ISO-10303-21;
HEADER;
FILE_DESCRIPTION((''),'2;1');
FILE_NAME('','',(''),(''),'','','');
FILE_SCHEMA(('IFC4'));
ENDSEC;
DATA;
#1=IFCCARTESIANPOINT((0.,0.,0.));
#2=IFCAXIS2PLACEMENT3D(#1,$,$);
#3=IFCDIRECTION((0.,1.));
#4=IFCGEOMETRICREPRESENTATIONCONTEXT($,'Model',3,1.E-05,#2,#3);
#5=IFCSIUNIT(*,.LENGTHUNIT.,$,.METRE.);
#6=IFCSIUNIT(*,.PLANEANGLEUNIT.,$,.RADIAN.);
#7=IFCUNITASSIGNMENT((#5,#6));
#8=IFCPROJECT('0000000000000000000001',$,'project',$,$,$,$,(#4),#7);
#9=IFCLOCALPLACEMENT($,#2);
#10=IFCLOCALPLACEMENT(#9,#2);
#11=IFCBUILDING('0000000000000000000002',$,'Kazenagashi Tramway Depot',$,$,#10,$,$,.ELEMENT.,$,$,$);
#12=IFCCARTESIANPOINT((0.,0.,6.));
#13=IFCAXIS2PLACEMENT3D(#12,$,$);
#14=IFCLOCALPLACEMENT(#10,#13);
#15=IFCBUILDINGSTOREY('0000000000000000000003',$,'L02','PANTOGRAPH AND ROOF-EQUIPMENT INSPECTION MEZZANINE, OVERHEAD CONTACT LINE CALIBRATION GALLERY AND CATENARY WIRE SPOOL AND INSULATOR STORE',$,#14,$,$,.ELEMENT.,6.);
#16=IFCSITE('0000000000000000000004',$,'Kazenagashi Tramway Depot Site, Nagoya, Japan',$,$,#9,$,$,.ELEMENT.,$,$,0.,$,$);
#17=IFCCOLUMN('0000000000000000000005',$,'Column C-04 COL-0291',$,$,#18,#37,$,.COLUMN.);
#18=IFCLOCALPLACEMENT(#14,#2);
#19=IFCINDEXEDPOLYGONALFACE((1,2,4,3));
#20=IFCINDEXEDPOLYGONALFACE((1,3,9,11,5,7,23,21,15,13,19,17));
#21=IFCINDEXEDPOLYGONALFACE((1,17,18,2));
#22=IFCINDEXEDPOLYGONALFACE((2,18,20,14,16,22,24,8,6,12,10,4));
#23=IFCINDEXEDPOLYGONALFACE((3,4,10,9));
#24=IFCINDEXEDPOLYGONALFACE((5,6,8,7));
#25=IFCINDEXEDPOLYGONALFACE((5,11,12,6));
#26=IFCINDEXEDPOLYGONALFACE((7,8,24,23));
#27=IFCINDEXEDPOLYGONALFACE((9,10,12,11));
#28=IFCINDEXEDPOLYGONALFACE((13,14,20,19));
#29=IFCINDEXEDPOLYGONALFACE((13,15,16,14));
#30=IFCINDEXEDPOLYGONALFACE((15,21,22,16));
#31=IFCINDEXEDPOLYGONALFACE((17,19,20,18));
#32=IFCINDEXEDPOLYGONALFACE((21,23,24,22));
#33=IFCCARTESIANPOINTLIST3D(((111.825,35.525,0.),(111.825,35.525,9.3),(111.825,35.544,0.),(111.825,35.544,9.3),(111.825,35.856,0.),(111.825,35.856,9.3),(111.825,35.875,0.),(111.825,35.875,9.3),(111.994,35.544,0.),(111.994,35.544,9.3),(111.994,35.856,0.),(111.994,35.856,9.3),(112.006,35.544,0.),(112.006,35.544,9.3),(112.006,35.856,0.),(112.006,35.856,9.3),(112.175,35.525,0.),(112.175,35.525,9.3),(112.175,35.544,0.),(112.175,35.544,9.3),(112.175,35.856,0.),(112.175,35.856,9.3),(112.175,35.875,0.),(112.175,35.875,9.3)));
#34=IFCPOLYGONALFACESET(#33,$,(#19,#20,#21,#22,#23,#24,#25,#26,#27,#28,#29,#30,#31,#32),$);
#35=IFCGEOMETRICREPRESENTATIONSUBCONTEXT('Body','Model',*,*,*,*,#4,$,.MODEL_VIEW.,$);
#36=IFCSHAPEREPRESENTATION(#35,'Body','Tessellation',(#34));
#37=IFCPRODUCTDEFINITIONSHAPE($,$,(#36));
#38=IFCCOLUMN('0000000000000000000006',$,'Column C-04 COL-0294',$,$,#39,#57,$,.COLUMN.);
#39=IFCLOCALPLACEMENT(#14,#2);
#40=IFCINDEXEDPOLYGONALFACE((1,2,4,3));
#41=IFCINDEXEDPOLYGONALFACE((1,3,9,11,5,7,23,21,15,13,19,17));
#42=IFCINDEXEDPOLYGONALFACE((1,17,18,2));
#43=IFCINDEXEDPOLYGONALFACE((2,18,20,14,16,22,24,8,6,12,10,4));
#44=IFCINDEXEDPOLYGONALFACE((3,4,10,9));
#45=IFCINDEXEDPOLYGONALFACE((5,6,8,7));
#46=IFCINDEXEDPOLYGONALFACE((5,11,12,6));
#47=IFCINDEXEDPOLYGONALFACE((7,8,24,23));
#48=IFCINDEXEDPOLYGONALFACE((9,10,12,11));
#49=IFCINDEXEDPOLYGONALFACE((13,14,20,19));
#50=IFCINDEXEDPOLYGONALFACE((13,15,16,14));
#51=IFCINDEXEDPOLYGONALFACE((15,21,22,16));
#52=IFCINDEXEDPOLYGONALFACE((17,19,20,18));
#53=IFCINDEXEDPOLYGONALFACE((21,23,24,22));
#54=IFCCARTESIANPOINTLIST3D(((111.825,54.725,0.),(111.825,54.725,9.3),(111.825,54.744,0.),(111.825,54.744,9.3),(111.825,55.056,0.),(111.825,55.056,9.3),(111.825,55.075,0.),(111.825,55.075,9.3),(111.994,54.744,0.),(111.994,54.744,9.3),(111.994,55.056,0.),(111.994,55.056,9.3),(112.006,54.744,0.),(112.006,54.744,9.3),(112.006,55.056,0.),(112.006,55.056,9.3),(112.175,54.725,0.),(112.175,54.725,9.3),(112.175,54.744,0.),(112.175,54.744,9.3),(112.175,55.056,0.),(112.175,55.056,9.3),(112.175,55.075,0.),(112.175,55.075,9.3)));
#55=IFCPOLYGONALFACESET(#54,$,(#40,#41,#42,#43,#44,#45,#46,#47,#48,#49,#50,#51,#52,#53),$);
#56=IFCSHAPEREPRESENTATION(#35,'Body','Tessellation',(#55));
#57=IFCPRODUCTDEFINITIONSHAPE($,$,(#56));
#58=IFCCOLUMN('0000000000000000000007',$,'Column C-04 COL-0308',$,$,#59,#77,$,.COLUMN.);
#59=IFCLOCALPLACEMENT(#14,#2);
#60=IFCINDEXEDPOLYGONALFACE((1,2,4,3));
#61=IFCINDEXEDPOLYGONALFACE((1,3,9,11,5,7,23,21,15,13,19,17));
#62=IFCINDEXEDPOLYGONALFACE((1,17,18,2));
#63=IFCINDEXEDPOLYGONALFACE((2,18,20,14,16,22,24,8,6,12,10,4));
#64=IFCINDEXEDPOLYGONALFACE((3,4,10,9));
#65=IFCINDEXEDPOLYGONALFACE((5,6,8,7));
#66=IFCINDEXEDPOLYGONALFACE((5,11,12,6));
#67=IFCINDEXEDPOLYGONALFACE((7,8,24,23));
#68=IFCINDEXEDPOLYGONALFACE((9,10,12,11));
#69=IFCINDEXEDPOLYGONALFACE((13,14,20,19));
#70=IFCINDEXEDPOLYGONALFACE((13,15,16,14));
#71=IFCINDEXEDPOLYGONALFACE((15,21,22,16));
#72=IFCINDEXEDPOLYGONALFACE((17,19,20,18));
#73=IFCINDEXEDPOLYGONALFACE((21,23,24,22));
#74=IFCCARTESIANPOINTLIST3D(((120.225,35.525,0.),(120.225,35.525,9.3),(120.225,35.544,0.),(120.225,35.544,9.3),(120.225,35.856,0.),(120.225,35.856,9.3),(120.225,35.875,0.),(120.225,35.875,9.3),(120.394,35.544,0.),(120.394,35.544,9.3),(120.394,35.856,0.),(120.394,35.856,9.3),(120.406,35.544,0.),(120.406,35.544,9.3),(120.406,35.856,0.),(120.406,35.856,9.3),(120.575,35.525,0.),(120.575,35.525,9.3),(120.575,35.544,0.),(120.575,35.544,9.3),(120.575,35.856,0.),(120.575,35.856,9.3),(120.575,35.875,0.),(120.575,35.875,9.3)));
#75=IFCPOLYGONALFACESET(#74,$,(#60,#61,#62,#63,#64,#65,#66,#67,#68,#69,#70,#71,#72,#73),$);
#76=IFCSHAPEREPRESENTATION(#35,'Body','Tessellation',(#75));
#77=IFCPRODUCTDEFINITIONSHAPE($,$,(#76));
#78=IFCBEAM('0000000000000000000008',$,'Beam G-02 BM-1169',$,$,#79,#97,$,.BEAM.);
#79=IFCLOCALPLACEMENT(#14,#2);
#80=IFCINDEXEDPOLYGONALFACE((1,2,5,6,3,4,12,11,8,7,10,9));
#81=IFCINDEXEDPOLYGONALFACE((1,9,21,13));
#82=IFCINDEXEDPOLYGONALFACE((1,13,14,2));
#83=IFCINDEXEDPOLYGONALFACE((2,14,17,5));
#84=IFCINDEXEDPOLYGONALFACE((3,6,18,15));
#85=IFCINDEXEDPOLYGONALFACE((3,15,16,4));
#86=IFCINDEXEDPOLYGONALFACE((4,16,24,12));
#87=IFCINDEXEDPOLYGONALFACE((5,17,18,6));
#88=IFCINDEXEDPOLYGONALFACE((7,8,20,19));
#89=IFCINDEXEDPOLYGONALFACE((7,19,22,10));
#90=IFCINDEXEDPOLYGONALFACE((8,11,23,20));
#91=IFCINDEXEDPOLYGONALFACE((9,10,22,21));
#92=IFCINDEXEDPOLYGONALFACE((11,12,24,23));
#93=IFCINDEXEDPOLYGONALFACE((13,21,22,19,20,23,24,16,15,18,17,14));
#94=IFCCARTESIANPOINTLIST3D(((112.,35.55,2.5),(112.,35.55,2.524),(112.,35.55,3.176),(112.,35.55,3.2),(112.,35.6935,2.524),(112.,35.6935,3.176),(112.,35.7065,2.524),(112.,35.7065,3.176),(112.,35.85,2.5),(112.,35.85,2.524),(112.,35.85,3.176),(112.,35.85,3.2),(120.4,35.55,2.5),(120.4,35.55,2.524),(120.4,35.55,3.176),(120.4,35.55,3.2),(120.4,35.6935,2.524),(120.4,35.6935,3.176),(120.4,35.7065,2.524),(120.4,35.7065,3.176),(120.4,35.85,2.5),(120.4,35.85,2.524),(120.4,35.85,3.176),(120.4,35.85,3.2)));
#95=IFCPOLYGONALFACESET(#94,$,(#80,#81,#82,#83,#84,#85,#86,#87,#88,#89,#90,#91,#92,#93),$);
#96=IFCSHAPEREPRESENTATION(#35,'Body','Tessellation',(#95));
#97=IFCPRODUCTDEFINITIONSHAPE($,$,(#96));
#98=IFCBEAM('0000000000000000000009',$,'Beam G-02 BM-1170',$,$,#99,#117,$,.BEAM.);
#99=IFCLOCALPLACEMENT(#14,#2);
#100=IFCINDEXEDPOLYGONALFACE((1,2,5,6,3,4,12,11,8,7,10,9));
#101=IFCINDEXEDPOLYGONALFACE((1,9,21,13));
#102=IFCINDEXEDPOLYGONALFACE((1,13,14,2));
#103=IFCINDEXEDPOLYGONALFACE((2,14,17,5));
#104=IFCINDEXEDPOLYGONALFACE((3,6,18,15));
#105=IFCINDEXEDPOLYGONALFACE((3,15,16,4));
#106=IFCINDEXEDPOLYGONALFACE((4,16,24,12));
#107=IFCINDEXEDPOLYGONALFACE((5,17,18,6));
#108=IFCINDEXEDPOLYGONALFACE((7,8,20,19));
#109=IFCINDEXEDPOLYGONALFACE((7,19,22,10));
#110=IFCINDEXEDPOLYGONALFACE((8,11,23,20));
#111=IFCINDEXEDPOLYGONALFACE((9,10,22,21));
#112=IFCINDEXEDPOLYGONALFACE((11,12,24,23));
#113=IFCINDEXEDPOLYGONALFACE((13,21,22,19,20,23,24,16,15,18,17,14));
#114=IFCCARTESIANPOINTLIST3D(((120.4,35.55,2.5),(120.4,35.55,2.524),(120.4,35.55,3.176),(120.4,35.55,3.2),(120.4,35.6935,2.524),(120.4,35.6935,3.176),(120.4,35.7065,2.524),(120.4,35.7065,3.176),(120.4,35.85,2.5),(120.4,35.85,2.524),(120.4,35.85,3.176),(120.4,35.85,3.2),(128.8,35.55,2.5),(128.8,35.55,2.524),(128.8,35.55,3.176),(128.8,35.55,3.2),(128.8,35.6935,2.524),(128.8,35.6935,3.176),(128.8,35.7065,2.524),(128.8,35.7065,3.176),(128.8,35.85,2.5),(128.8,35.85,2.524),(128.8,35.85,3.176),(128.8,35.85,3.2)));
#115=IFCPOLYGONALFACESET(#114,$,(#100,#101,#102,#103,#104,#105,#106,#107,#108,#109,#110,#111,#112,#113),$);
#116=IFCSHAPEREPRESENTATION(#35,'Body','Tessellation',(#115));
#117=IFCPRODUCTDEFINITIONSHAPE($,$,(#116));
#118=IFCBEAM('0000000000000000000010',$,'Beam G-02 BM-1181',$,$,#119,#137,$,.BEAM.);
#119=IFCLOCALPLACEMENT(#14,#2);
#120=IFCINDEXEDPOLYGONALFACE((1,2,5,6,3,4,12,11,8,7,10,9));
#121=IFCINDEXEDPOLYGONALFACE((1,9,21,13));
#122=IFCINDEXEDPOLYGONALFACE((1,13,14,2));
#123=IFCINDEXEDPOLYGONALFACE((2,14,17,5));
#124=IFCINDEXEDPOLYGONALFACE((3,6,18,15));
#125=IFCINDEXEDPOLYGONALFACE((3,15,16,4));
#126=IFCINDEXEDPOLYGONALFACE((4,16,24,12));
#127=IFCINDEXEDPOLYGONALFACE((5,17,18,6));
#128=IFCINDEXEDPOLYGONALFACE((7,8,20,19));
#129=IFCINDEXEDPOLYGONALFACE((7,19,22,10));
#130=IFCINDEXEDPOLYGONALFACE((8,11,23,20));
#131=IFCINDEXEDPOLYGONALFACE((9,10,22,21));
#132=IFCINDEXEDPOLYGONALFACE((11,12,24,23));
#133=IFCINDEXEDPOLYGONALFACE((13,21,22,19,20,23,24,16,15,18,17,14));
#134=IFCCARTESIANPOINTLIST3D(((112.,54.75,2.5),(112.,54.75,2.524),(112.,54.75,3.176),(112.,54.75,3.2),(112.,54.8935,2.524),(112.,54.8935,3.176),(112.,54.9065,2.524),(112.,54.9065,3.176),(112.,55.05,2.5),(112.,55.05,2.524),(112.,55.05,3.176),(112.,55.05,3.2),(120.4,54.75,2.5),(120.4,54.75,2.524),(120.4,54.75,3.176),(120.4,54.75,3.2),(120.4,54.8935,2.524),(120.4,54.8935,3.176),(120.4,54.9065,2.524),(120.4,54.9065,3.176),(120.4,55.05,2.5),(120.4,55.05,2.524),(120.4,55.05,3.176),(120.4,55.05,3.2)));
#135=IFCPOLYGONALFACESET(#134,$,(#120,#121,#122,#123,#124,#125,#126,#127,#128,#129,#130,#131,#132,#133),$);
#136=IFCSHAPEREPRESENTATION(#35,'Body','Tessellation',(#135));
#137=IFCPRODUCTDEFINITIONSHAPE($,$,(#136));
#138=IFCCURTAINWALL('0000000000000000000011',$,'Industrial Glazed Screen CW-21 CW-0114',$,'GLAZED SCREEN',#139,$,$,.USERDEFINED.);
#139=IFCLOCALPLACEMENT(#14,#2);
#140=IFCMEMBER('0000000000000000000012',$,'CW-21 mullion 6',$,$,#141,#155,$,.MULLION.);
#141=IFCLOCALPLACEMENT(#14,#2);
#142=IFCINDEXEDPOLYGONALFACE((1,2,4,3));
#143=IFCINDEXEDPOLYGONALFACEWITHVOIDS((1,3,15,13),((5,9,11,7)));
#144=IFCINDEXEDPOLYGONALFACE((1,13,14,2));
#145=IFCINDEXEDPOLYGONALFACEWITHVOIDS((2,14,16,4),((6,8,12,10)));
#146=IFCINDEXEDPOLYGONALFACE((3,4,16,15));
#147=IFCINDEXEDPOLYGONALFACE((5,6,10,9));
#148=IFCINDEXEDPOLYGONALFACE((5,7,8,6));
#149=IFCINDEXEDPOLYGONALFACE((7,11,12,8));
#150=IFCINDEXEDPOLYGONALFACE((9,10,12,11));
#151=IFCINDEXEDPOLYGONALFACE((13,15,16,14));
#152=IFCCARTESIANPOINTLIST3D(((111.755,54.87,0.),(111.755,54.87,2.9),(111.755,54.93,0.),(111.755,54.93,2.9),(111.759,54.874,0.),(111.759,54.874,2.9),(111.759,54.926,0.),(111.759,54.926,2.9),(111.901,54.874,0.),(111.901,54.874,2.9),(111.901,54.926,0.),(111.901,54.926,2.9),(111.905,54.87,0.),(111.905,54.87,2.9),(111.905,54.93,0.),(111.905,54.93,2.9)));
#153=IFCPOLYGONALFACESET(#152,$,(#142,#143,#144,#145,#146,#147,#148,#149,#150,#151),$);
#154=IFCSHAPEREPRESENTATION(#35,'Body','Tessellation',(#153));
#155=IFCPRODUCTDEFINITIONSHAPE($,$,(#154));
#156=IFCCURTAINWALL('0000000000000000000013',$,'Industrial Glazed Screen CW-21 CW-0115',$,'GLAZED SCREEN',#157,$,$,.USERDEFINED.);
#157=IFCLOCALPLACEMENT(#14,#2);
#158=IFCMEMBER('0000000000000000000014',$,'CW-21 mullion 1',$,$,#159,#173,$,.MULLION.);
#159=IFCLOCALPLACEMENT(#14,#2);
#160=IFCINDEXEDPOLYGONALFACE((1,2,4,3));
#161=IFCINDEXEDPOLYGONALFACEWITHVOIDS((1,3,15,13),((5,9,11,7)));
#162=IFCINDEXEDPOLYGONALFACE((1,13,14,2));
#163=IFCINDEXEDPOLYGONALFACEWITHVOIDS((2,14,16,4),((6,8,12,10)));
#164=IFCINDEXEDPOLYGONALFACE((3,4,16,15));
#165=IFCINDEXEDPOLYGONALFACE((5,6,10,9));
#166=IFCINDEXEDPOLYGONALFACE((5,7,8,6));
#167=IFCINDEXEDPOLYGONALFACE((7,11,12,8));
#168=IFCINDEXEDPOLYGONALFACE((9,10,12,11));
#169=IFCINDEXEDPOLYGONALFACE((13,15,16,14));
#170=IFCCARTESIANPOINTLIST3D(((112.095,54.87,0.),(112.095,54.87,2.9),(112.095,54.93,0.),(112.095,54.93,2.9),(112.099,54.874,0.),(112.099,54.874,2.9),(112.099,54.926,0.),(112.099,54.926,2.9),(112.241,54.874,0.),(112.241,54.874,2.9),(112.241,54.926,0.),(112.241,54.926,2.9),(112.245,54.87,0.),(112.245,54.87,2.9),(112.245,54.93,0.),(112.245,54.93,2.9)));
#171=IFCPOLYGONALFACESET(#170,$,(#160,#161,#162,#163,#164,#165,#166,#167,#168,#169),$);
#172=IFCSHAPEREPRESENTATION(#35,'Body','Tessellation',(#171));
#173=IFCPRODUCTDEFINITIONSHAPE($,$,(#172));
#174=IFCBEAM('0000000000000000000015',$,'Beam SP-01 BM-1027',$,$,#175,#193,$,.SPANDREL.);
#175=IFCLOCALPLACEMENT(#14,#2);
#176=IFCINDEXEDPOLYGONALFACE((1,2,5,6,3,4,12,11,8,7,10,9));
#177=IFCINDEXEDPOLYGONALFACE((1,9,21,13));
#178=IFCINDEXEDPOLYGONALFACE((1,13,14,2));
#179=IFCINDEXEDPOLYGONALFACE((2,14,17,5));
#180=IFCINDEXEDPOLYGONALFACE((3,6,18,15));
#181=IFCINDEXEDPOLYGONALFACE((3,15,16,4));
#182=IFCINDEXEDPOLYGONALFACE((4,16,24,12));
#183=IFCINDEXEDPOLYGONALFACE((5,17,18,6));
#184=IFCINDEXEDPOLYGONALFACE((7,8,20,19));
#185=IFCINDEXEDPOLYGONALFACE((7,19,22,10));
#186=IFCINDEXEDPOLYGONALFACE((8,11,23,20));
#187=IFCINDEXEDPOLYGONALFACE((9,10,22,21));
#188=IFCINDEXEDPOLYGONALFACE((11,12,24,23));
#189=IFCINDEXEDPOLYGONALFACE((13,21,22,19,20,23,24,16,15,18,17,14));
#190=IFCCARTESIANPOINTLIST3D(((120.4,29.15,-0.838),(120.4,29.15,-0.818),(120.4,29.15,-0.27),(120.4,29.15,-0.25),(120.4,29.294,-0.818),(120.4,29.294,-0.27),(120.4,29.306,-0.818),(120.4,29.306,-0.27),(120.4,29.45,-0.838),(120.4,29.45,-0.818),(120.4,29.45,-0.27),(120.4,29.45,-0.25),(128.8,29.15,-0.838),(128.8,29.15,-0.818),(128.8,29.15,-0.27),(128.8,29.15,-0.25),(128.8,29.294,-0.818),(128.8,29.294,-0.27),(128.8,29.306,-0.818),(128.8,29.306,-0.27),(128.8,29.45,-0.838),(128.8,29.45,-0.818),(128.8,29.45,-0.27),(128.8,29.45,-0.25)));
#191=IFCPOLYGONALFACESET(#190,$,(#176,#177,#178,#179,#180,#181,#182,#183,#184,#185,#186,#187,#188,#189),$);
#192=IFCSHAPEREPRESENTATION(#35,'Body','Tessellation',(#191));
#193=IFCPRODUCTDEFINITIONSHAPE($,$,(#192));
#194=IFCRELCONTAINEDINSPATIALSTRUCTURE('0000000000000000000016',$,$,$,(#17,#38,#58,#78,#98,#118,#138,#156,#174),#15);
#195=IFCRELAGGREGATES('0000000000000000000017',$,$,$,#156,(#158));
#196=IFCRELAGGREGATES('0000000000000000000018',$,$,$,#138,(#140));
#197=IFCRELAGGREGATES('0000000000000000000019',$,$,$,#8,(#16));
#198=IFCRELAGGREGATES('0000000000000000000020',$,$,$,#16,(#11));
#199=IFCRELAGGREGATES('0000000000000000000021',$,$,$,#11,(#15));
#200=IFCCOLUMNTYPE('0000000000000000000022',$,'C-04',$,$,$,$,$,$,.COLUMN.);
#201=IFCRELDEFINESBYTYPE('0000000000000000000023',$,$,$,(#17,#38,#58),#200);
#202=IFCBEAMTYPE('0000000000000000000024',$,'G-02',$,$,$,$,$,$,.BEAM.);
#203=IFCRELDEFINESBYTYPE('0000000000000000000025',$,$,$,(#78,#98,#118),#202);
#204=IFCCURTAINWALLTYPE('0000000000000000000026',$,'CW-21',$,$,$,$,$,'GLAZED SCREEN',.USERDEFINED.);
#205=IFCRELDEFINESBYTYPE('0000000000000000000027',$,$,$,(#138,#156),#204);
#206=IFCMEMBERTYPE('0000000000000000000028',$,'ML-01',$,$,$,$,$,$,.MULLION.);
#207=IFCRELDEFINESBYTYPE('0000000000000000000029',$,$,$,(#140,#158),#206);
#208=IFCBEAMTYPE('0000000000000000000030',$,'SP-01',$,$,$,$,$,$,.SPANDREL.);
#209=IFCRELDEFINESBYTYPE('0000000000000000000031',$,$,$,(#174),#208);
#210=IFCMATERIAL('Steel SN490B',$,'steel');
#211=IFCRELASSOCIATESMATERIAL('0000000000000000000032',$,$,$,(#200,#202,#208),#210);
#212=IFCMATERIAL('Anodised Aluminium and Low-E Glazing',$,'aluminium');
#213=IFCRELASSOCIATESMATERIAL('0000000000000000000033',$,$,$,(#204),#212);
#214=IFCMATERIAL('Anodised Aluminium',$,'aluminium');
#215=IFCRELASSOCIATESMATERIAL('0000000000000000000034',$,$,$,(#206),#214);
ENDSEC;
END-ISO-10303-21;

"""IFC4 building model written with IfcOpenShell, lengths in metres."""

from ifc_helpers import new_model, si_unit, direction, frame, origin, origin_2d, place, context, subcontext, project, spatial, hollow_rectangle, i_section, extrude, material, material_profile, profile_set, type_object, element, aggregate, save


model = new_model("IFC4")

# Units and contexts
model_context = context("Model", 3, precision=1e-05, world=origin(), true_north=direction((0.0, 1.0)))
body_context = subcontext(model_context, "Body", "Model", "MODEL_VIEW")
ifc_project = project(units=[si_unit("LENGTHUNIT", "METRE"), si_unit("PLANEANGLEUNIT", "RADIAN")], contexts=[model_context])

# Site, building, storey
site_placement = place(None, origin())
site = spatial("IfcSite", under=ifc_project, at=site_placement, Name="Kazenagashi Tramway Depot Site, Nagoya, Japan", CompositionType="ELEMENT", RefElevation=0.0)
building_placement = place(site_placement, origin())
building = spatial("IfcBuilding", under=site, at=building_placement, Name="Kazenagashi Tramway Depot", CompositionType="ELEMENT")
storey_placement = place(building_placement, frame((0.0, 0.0, 6.0)))
storey = spatial("IfcBuildingStorey", under=building, at=storey_placement, Name="L02", Description="PANTOGRAPH AND ROOF-EQUIPMENT INSPECTION MEZZANINE, OVERHEAD CONTACT LINE CALIBRATION GALLERY AND CATENARY WIRE SPOOL AND INSULATOR STORE", CompositionType="ELEMENT", Elevation=6.0)

# Columns
ifc_material_1 = material(Name="Steel SN490B", Category="steel")
ifc_material_profile_1 = material_profile(ifc_material_1, i_section(OverallWidth=0.35, OverallDepth=0.35, WebThickness=0.012, FlangeThickness=0.019, at=origin_2d()), Name="H-350x350x12x19")
ifc_profile_set_1 = profile_set([ifc_material_profile_1], Name="Steel SN490B")
column_type = type_object("IfcColumnType", Name="C-04", PredefinedType="COLUMN", material=ifc_profile_set_1)
for number, where, z_axis, x_axis, name in (
    (1, (112.0, 35.7, 0.0), (0.0, 0.0, 1.0), (1.0, 0.0, 0.0), "Column C-04 COL-0291"),
    (2, (112.0, 54.9, 0.0), (0.0, 0.0, 1.0), (1.0, 0.0, 0.0), "Column C-04 COL-0294"),
    (3, (120.4, 35.7, 0.0), (0.0, 0.0, 1.0), (1.0, 0.0, 0.0), "Column C-04 COL-0308"),
):
    element("IfcColumn", number, at=place(storey_placement, frame(where, z_axis=z_axis, x_axis=x_axis)), inside=storey, type_object=column_type, Name=name, PredefinedType="COLUMN", context=body_context, shape_type="SweptSolid", body=[
        extrude(i_section(OverallWidth=0.35, OverallDepth=0.35, WebThickness=0.012, FlangeThickness=0.019, at=origin_2d()), origin(), (0.0, 0.0, 1.0), 9.3),
    ])

# Beams
ifc_material_profile_2 = material_profile(ifc_material_1, i_section(OverallWidth=0.3, OverallDepth=0.7, WebThickness=0.013, FlangeThickness=0.024, at=origin_2d()), Name="H-700x300x13x24")
ifc_profile_set_2 = profile_set([ifc_material_profile_2], Name="Steel SN490B")
beam_type_1 = type_object("IfcBeamType", Name="G-02", PredefinedType="BEAM", material=ifc_profile_set_2)
for number, where, z_axis, x_axis, name in (
    (4, (112.0, 35.7, 2.85), (1.0, 0.0, 0.0), (0.0, 1.0, 0.0), "Beam G-02 BM-1169"),
    (5, (120.4, 35.7, 2.85), (1.0, 0.0, 0.0), (0.0, 1.0, 0.0), "Beam G-02 BM-1170"),
    (6, (112.0, 54.9, 2.85), (1.0, 0.0, 0.0), (0.0, 1.0, 0.0), "Beam G-02 BM-1181"),
):
    element("IfcBeam", number, at=place(storey_placement, frame(where, z_axis=z_axis, x_axis=x_axis)), inside=storey, type_object=beam_type_1, Name=name, PredefinedType="BEAM", context=body_context, shape_type="SweptSolid", body=[
        extrude(i_section(OverallWidth=0.3, OverallDepth=0.7, WebThickness=0.013, FlangeThickness=0.024, at=origin_2d()), origin(), (0.0, 0.0, 1.0), 8.4),
    ])

# Curtain walls, members
ifc_material_2 = material(Name="Anodised Aluminium and Low-E Glazing", Category="aluminium")
curtain_wall_type = type_object("IfcCurtainWallType", Name="CW-21", ElementType="GLAZED SCREEN", PredefinedType="USERDEFINED", material=ifc_material_2)
curtain_wall_1_placement = place(storey_placement, origin())
curtain_wall_1 = element("IfcCurtainWall", 7, at=curtain_wall_1_placement, inside=storey, type_object=curtain_wall_type, Name="Industrial Glazed Screen CW-21 CW-0114", ObjectType="GLAZED SCREEN", PredefinedType="USERDEFINED")
ifc_material_3 = material(Name="Anodised Aluminium", Category="aluminium")
ifc_material_profile_3 = material_profile(ifc_material_3, hollow_rectangle(XDim=0.06, YDim=0.15, WallThickness=0.004, at=origin_2d()), Name="RHS-150x60x4")
ifc_profile_set_3 = profile_set([ifc_material_profile_3], Name="Anodised Aluminium")
member_type_1 = type_object("IfcMemberType", Name="ML-01", PredefinedType="MULLION", material=ifc_profile_set_3)
member_1_placement = place(storey_placement, frame((111.83, 54.9, 0.0), z_axis=(0.0, 0.0, 1.0), x_axis=(0.0, 1.0, 0.0)))
member_1 = element("IfcMember", 8, at=member_1_placement, type_object=member_type_1, Name="CW-21 mullion 6", PredefinedType="MULLION", context=body_context, shape_type="SweptSolid", body=[
    extrude(hollow_rectangle(XDim=0.06, YDim=0.15, WallThickness=0.004, at=origin_2d()), origin(), (0.0, 0.0, 1.0), 2.9),
])
curtain_wall_2_placement = place(storey_placement, origin())
curtain_wall_2 = element("IfcCurtainWall", 9, at=curtain_wall_2_placement, inside=storey, type_object=curtain_wall_type, Name="Industrial Glazed Screen CW-21 CW-0115", ObjectType="GLAZED SCREEN", PredefinedType="USERDEFINED")
member_2_placement = place(storey_placement, frame((112.17, 54.9, 0.0), z_axis=(0.0, 0.0, 1.0), x_axis=(0.0, 1.0, 0.0)))
member_2 = element("IfcMember", 10, at=member_2_placement, type_object=member_type_1, Name="CW-21 mullion 1", PredefinedType="MULLION", context=body_context, shape_type="SweptSolid", body=[
    extrude(hollow_rectangle(XDim=0.06, YDim=0.15, WallThickness=0.004, at=origin_2d()), origin(), (0.0, 0.0, 1.0), 2.9),
])

# Beam
ifc_material_profile_4 = material_profile(ifc_material_1, i_section(OverallWidth=0.3, OverallDepth=0.588, WebThickness=0.012, FlangeThickness=0.02, at=origin_2d()), Name="H-588x300x12x20")
ifc_profile_set_4 = profile_set([ifc_material_profile_4], Name="Steel SN490B")
beam_type_2 = type_object("IfcBeamType", Name="SP-01", PredefinedType="SPANDREL", material=ifc_profile_set_4)
beam_placement = place(storey_placement, frame((120.4, 29.3, -0.544), z_axis=(1.0, 0.0, 0.0), x_axis=(0.0, 1.0, 0.0)))
element("IfcBeam", 11, at=beam_placement, inside=storey, type_object=beam_type_2, Name="Beam SP-01 BM-1027", PredefinedType="SPANDREL", context=body_context, shape_type="SweptSolid", body=[
    extrude(i_section(OverallWidth=0.3, OverallDepth=0.588, WebThickness=0.012, FlangeThickness=0.02, at=origin_2d()), origin(), (0.0, 0.0, 1.0), 8.4),
])

aggregate(curtain_wall_2, [member_2])

aggregate(curtain_wall_1, [member_1])

save(model, "model.ifc")
